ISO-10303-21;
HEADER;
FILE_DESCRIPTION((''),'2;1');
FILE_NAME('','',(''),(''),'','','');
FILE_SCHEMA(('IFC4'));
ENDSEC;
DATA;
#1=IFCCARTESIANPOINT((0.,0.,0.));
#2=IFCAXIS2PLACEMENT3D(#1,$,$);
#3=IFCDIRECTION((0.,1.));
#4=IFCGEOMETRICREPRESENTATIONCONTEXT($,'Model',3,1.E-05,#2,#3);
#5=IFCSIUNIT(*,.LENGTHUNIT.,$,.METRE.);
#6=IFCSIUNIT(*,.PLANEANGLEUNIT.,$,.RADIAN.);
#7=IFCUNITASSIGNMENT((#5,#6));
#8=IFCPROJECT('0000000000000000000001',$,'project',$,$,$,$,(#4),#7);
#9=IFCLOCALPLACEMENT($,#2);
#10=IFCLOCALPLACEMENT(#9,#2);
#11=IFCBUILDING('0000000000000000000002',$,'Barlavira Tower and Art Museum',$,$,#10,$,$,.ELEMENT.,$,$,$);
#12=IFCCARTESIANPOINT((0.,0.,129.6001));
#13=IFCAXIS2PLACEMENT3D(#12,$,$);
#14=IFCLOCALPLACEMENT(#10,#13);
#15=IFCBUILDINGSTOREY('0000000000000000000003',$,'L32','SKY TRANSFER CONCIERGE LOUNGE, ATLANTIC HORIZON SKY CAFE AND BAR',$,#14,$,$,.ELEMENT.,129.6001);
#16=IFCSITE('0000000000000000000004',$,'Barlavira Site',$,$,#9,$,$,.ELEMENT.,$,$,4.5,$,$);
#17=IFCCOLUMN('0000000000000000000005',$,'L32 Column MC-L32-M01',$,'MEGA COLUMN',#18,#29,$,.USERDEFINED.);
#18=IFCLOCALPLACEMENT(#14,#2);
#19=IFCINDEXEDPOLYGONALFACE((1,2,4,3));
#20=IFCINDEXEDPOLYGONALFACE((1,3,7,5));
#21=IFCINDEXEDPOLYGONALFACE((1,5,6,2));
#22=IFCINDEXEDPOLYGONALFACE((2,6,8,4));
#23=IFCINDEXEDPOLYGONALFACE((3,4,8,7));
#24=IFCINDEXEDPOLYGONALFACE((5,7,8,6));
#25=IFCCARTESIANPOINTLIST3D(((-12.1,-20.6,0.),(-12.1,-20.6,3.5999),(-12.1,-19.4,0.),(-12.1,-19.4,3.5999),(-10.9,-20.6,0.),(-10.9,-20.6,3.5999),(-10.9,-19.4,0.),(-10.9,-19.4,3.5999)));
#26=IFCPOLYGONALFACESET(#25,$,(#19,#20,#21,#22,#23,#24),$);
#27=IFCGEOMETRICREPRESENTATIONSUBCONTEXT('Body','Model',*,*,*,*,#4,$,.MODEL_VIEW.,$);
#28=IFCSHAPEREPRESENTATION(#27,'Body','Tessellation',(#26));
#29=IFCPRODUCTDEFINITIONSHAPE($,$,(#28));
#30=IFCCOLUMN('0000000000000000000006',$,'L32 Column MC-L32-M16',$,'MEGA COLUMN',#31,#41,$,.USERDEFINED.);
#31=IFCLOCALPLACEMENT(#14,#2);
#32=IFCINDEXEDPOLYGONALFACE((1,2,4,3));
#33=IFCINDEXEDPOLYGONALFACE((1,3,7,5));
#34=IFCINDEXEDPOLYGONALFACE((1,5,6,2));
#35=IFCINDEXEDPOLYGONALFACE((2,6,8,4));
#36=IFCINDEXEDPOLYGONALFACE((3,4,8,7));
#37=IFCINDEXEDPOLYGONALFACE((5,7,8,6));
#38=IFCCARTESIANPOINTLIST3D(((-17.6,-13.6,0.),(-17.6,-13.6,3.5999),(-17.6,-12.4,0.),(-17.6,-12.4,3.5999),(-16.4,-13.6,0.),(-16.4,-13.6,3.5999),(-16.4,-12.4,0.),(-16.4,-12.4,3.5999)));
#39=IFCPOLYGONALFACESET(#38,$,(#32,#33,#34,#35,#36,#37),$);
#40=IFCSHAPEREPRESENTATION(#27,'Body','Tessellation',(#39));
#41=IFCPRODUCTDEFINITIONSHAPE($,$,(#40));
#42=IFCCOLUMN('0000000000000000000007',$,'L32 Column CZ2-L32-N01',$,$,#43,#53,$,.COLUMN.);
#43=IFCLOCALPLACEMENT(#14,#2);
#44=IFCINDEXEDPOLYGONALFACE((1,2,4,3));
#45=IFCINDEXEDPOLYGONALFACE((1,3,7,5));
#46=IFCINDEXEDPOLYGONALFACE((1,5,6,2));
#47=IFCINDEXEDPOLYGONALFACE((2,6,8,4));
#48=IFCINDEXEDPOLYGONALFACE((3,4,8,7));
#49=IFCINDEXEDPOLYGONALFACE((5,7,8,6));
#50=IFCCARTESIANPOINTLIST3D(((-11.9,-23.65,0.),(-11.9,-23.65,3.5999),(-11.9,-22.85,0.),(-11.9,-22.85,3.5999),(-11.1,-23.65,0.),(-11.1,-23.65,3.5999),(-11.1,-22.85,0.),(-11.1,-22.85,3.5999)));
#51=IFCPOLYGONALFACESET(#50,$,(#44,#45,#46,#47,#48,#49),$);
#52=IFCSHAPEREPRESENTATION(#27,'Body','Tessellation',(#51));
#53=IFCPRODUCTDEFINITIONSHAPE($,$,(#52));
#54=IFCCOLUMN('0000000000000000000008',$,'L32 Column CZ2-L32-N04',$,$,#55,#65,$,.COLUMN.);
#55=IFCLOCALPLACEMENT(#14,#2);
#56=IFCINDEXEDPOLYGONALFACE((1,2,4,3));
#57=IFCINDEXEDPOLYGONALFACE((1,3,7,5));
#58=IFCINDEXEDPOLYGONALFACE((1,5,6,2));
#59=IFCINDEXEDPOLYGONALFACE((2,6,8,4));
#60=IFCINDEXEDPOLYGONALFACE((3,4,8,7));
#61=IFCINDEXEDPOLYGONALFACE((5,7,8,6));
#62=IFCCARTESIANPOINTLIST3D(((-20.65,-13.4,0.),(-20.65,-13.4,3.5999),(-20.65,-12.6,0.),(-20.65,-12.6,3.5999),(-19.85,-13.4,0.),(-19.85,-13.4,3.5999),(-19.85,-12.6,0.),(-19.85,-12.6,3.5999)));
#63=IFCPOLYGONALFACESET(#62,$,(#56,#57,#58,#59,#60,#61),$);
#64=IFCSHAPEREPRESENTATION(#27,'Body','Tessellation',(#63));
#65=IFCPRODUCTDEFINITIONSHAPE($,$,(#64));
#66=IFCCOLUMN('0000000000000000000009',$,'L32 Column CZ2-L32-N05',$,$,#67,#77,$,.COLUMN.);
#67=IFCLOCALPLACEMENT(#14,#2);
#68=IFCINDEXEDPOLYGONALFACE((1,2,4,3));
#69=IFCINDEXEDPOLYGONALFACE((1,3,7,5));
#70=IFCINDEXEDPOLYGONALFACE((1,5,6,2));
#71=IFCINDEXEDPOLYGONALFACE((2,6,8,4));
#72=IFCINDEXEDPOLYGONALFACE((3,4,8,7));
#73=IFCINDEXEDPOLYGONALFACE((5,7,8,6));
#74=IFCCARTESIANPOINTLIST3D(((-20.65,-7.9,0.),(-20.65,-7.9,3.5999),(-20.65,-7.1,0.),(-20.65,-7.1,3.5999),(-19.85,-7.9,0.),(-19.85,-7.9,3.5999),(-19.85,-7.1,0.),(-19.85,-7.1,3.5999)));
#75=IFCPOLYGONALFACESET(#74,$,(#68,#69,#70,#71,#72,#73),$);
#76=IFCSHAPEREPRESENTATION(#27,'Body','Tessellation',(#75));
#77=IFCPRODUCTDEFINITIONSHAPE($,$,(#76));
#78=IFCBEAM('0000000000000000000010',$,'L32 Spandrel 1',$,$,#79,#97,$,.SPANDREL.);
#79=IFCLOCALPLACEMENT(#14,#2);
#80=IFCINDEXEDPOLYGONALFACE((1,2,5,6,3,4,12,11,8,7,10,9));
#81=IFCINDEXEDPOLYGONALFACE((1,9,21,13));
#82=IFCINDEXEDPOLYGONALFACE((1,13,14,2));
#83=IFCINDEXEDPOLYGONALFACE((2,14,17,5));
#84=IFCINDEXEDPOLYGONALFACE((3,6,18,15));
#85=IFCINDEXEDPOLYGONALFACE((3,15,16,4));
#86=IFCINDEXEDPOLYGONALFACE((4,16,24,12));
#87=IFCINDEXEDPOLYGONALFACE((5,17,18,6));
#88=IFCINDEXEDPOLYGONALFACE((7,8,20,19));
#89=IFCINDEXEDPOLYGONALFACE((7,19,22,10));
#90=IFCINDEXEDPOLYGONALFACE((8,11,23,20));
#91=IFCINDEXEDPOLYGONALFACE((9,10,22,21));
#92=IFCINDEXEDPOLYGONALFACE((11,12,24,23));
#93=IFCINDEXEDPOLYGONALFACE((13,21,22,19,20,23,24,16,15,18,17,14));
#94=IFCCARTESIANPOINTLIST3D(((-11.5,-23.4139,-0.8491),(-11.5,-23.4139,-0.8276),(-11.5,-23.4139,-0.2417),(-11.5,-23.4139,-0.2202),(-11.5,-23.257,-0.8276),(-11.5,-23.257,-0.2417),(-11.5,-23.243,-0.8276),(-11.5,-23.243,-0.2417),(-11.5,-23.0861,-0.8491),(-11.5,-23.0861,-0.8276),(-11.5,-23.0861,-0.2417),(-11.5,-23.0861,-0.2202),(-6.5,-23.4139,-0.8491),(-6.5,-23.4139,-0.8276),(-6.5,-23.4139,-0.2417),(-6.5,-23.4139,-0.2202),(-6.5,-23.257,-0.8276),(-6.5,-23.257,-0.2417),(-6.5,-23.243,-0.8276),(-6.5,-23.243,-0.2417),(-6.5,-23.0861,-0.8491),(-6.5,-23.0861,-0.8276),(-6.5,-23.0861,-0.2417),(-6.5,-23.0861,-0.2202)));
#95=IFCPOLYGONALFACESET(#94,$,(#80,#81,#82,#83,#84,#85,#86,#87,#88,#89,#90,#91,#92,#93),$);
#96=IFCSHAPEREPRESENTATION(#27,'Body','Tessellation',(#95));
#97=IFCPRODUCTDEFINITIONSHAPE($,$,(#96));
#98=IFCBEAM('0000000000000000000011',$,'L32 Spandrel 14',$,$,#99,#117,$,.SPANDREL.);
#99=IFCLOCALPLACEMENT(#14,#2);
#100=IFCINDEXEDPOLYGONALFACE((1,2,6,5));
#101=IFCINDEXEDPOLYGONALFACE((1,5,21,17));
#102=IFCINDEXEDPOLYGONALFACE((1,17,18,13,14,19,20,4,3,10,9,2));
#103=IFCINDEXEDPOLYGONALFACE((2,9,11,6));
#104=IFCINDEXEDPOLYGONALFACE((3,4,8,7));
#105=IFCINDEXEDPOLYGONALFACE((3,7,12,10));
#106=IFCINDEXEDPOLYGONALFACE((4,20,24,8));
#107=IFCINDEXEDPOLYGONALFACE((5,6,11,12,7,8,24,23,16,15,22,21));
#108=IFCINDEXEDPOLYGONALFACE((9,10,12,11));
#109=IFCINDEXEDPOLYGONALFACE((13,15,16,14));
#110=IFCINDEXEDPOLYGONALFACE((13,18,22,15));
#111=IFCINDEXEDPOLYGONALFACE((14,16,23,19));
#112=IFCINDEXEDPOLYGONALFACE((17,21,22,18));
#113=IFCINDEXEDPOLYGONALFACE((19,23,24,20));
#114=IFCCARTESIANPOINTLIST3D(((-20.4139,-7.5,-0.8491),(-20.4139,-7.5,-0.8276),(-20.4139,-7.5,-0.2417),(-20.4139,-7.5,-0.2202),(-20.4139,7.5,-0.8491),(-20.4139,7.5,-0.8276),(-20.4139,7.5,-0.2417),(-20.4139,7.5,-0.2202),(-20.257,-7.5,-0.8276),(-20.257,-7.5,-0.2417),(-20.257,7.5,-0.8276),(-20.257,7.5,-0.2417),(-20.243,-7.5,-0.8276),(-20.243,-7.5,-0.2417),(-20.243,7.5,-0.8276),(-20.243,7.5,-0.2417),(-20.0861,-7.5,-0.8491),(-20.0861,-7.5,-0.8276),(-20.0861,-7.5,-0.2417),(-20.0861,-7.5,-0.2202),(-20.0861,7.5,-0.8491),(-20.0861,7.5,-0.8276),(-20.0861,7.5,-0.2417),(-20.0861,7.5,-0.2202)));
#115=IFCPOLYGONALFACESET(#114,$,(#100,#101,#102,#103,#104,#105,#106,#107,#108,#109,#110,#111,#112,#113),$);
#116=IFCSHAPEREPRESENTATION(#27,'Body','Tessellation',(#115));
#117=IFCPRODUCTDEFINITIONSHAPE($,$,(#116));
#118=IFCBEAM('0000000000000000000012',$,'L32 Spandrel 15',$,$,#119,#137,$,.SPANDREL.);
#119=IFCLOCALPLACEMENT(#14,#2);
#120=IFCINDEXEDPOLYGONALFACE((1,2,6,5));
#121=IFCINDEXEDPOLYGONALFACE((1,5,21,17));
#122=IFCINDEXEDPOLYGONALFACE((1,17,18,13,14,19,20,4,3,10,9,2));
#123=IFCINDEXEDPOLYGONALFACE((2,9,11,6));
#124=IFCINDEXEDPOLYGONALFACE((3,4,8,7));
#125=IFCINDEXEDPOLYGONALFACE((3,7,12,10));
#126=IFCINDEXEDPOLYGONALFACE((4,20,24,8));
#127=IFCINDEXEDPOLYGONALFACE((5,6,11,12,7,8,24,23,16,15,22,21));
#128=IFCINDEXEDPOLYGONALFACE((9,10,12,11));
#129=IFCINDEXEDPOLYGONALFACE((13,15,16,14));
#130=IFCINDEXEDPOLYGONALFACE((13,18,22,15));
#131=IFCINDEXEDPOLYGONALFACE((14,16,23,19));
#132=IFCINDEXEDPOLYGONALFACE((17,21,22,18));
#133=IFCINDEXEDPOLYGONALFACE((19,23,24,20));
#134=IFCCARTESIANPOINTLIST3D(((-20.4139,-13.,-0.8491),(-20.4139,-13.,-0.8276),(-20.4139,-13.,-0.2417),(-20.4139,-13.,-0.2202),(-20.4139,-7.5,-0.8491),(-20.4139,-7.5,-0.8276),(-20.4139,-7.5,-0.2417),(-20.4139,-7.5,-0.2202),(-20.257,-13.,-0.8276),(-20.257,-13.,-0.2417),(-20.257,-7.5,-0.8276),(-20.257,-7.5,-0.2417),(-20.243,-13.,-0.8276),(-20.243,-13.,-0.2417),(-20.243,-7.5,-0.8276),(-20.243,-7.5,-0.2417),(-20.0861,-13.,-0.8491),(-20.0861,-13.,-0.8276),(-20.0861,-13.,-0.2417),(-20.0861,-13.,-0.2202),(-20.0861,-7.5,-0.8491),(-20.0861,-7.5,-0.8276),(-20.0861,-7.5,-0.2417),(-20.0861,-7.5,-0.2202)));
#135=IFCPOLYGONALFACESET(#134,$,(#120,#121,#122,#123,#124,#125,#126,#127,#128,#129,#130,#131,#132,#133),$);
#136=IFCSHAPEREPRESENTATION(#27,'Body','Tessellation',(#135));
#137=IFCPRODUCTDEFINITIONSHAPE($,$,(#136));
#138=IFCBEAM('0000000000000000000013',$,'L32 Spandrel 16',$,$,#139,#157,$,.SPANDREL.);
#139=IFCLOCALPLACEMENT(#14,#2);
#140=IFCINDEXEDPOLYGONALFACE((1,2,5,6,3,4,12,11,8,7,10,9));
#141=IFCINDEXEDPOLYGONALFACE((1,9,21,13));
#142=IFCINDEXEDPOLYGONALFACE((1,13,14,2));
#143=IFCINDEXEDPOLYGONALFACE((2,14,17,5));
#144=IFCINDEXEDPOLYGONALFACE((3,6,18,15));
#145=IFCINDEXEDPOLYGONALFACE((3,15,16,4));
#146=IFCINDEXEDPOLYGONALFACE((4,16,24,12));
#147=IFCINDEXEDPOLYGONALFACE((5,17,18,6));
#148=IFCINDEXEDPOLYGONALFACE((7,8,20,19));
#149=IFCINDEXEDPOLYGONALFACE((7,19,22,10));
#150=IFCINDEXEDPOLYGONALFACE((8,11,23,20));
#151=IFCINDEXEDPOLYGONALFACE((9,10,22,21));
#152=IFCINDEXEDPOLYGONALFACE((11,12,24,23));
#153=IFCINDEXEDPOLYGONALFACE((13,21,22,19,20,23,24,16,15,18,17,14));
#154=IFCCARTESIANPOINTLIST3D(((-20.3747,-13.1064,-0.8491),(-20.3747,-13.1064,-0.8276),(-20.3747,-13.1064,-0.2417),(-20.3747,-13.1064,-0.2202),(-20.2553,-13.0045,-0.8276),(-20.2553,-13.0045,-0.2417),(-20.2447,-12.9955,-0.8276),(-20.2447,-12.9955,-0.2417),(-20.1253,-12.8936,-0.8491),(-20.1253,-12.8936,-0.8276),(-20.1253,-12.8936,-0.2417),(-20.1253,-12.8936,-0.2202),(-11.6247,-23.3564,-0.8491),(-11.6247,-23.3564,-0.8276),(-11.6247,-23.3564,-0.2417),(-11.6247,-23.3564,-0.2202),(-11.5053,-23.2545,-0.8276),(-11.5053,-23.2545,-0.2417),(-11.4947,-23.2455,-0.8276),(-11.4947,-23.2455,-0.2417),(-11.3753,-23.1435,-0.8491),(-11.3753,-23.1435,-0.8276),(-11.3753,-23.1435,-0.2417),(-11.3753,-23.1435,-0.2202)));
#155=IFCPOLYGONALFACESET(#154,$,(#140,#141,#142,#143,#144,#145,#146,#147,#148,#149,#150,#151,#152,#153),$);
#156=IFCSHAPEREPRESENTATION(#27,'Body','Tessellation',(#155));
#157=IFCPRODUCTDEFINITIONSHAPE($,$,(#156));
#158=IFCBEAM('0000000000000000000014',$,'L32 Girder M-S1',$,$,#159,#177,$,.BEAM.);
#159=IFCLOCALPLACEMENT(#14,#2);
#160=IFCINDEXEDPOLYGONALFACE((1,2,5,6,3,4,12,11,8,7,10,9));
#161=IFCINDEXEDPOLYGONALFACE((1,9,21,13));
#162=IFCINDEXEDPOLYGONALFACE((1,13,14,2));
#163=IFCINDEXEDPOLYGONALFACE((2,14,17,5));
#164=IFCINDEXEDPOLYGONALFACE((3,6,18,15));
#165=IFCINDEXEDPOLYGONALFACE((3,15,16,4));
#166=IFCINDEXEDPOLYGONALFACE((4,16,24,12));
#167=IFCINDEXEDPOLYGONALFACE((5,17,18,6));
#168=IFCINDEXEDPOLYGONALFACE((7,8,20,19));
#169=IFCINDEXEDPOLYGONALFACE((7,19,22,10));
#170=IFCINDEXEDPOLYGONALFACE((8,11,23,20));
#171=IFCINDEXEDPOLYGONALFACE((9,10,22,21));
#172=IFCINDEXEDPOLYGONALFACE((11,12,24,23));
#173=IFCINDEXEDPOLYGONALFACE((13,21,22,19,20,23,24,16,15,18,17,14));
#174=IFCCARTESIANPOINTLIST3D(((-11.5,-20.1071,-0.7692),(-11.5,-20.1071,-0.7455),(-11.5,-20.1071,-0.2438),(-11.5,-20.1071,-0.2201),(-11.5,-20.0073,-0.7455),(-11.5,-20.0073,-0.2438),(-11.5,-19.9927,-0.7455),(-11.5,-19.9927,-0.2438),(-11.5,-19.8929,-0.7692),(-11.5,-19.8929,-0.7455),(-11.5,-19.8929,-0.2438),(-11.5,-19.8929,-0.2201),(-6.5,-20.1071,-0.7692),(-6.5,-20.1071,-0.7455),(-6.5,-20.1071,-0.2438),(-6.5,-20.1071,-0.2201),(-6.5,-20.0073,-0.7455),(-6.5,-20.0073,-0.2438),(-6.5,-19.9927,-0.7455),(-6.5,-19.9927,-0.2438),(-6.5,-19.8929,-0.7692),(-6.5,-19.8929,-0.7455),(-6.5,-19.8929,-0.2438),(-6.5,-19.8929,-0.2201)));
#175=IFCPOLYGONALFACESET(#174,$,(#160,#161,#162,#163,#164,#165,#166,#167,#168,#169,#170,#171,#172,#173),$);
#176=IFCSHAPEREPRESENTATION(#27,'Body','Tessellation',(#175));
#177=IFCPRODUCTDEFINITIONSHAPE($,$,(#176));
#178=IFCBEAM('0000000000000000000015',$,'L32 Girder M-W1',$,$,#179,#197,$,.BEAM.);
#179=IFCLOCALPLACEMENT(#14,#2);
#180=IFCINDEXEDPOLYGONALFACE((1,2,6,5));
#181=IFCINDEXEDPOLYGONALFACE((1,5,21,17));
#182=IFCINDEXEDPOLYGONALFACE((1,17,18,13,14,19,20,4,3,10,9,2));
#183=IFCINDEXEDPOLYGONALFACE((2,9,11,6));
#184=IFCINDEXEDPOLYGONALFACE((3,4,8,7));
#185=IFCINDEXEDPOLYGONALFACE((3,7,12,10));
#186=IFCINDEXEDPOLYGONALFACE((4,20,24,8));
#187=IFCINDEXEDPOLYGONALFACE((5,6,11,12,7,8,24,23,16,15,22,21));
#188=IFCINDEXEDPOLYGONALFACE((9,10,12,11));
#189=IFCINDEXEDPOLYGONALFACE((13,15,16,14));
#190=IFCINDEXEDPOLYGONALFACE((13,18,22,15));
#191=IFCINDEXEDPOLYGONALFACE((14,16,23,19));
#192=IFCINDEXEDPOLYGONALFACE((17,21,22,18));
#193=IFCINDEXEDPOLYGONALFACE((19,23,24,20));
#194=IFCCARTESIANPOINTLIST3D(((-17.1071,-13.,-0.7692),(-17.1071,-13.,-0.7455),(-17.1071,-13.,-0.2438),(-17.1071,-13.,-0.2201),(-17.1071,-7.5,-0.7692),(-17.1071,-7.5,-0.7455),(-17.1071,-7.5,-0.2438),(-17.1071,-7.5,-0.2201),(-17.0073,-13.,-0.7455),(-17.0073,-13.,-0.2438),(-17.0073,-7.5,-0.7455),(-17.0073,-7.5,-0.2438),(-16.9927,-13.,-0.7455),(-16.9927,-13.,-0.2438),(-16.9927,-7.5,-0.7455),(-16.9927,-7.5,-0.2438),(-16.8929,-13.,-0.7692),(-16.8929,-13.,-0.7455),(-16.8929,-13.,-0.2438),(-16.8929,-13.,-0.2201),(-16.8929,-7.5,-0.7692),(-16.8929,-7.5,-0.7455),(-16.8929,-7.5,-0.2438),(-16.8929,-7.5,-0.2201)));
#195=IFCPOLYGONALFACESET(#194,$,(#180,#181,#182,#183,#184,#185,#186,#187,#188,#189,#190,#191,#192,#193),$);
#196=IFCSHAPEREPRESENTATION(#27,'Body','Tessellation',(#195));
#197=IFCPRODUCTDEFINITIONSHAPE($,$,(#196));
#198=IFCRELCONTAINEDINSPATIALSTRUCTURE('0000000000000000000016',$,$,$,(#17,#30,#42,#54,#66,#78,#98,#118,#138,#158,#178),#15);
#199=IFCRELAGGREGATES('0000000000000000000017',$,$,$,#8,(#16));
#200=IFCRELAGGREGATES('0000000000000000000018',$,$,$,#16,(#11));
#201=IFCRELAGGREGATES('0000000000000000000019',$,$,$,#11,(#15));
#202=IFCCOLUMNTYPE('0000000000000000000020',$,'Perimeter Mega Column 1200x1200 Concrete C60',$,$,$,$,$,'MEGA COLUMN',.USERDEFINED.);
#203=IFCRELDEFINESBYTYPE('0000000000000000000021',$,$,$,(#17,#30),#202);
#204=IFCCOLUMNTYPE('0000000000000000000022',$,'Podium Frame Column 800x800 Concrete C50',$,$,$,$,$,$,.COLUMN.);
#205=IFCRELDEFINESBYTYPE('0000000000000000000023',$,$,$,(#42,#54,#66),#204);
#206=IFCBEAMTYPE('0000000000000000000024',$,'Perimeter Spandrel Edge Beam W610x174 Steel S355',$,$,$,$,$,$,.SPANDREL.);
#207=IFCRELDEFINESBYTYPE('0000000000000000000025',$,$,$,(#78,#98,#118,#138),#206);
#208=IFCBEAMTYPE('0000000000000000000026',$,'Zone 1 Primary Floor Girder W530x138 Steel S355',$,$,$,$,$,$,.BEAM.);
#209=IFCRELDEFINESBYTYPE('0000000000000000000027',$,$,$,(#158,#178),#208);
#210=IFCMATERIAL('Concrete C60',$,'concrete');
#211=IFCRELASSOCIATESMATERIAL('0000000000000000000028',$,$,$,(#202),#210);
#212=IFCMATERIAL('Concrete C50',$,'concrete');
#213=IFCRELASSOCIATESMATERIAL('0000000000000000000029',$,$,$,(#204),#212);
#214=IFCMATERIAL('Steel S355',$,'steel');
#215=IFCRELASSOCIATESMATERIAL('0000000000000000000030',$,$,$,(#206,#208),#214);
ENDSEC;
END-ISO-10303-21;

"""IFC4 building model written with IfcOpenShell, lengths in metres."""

from ifc_helpers import new_model, si_unit, direction, frame, origin, origin_2d, place, context, subcontext, project, spatial, rectangle, i_section, extrude, material, material_profile, profile_set, type_object, element, save


model = new_model("IFC4")

# Units and contexts
model_context = context("Model", 3, precision=1e-05, world=origin(), true_north=direction((0.0, 1.0)))
body_context = subcontext(model_context, "Body", "Model", "MODEL_VIEW")
ifc_project = project(units=[si_unit("LENGTHUNIT", "METRE"), si_unit("PLANEANGLEUNIT", "RADIAN")], contexts=[model_context])

# Site, building, storey
site_placement = place(None, origin())
site = spatial("IfcSite", under=ifc_project, at=site_placement, Name="Barlavira Site", CompositionType="ELEMENT", RefElevation=4.5)
building_placement = place(site_placement, origin())
building = spatial("IfcBuilding", under=site, at=building_placement, Name="Barlavira Tower and Art Museum", CompositionType="ELEMENT")
storey_placement = place(building_placement, frame((0.0, 0.0, 129.6001)))
storey = spatial("IfcBuildingStorey", under=building, at=storey_placement, Name="L32", Description="SKY TRANSFER CONCIERGE LOUNGE, ATLANTIC HORIZON SKY CAFE AND BAR", CompositionType="ELEMENT", Elevation=129.6001)

# Columns
ifc_material_1 = material(Name="Concrete C60", Category="concrete")
ifc_material_profile_1 = material_profile(ifc_material_1, rectangle(XDim=1.2, YDim=1.2, at=origin_2d()), Name="RC-COL 1200x1200")
ifc_profile_set_1 = profile_set([ifc_material_profile_1], Name="Concrete C60")
column_type_1 = type_object("IfcColumnType", Name="Perimeter Mega Column 1200x1200 Concrete C60", ElementType="MEGA COLUMN", PredefinedType="USERDEFINED", material=ifc_profile_set_1)
for number, where, z_axis, x_axis, name in (
    (1, (-11.5, -20.0, 0.0), (0.0, 0.0, 1.0), (1.0, 0.0, 0.0), "L32 Column MC-L32-M01"),
    (2, (-17.0, -13.0, 0.0), (0.0, 0.0, 1.0), (1.0, 0.0, 0.0), "L32 Column MC-L32-M16"),
):
    element("IfcColumn", number, at=place(storey_placement, frame(where, z_axis=z_axis, x_axis=x_axis)), inside=storey, type_object=column_type_1, Name=name, ObjectType="MEGA COLUMN", PredefinedType="USERDEFINED", context=body_context, shape_type="SweptSolid", body=[
        extrude(rectangle(XDim=1.2, YDim=1.2, at=origin_2d()), origin(), (0.0, 0.0, 1.0), 3.5999),
    ])
ifc_material_2 = material(Name="Concrete C50", Category="concrete")
ifc_material_profile_2 = material_profile(ifc_material_2, rectangle(XDim=0.8, YDim=0.8, at=origin_2d()), Name="RC-COL 800x800")
ifc_profile_set_2 = profile_set([ifc_material_profile_2], Name="Concrete C50")
column_type_2 = type_object("IfcColumnType", Name="Podium Frame Column 800x800 Concrete C50", PredefinedType="COLUMN", material=ifc_profile_set_2)
for number, where, z_axis, x_axis, name in (
    (3, (-11.5, -23.25, 0.0), (0.0, 0.0, 1.0), (1.0, 0.0, 0.0), "L32 Column CZ2-L32-N01"),
    (4, (-20.25, -13.0, 0.0), (0.0, 0.0, 1.0), (1.0, 0.0, 0.0), "L32 Column CZ2-L32-N04"),
    (5, (-20.25, -7.5, 0.0), (0.0, 0.0, 1.0), (1.0, 0.0, 0.0), "L32 Column CZ2-L32-N05"),
):
    element("IfcColumn", number, at=place(storey_placement, frame(where, z_axis=z_axis, x_axis=x_axis)), inside=storey, type_object=column_type_2, Name=name, PredefinedType="COLUMN", context=body_context, shape_type="SweptSolid", body=[
        extrude(rectangle(XDim=0.8, YDim=0.8, at=origin_2d()), origin(), (0.0, 0.0, 1.0), 3.5999),
    ])

# Beams
ifc_material_3 = material(Name="Steel S355", Category="steel")
ifc_material_profile_3 = material_profile(ifc_material_3, i_section(OverallWidth=0.3279, OverallDepth=0.6289, WebThickness=0.0139, FlangeThickness=0.0215, at=origin_2d()), Name="W610x174.0")
ifc_profile_set_3 = profile_set([ifc_material_profile_3], Name="Steel S355")
beam_type_1 = type_object("IfcBeamType", Name="Perimeter Spandrel Edge Beam W610x174 Steel S355", PredefinedType="SPANDREL", material=ifc_profile_set_3)
beam_1_placement = place(storey_placement, frame((-11.5, -23.25, -0.5347), z_axis=(1.0, 0.0, 0.0), x_axis=(0.0, 1.0, 0.0)))
element("IfcBeam", 6, at=beam_1_placement, inside=storey, type_object=beam_type_1, Name="L32 Spandrel 1", PredefinedType="SPANDREL", context=body_context, shape_type="SweptSolid", body=[
    extrude(i_section(OverallWidth=0.3279, OverallDepth=0.6289, WebThickness=0.0139, FlangeThickness=0.0215, at=origin_2d()), origin(), (0.0, 0.0, 1.0), 5.0),
])
beam_2_placement = place(storey_placement, frame((-20.25, -7.5, -0.5347), z_axis=(0.0, 1.0, 0.0), x_axis=(-1.0, 0.0, 0.0)))
element("IfcBeam", 7, at=beam_2_placement, inside=storey, type_object=beam_type_1, Name="L32 Spandrel 14", PredefinedType="SPANDREL", context=body_context, shape_type="SweptSolid", body=[
    extrude(i_section(OverallWidth=0.3279, OverallDepth=0.6289, WebThickness=0.0139, FlangeThickness=0.0215, at=origin_2d()), origin(), (0.0, 0.0, 1.0), 15.0),
])
beam_3_placement = place(storey_placement, frame((-20.25, -13.0, -0.5347), z_axis=(0.0, 1.0, 0.0), x_axis=(-1.0, 0.0, 0.0)))
element("IfcBeam", 8, at=beam_3_placement, inside=storey, type_object=beam_type_1, Name="L32 Spandrel 15", PredefinedType="SPANDREL", context=body_context, shape_type="SweptSolid", body=[
    extrude(i_section(OverallWidth=0.3279, OverallDepth=0.6289, WebThickness=0.0139, FlangeThickness=0.0215, at=origin_2d()), origin(), (0.0, 0.0, 1.0), 5.5),
])
beam_4_placement = place(storey_placement, frame((-20.25, -13.0, -0.5347), z_axis=(0.649262, -0.760565, 0.0), x_axis=(0.760565, 0.649262, 0.0)))
element("IfcBeam", 9, at=beam_4_placement, inside=storey, type_object=beam_type_1, Name="L32 Spandrel 16", PredefinedType="SPANDREL", context=body_context, shape_type="SweptSolid", body=[
    extrude(i_section(OverallWidth=0.3279, OverallDepth=0.6289, WebThickness=0.0139, FlangeThickness=0.0215, at=origin_2d()), origin(), (0.0, 0.0, 1.0), 13.4768),
])
ifc_material_profile_4 = material_profile(ifc_material_3, i_section(OverallWidth=0.2141, OverallDepth=0.5491, WebThickness=0.0146, FlangeThickness=0.0237, at=origin_2d()), Name="W530x138.0")
ifc_profile_set_4 = profile_set([ifc_material_profile_4], Name="Steel S355")
beam_type_2 = type_object("IfcBeamType", Name="Zone 1 Primary Floor Girder W530x138 Steel S355", PredefinedType="BEAM", material=ifc_profile_set_4)
beam_5_placement = place(storey_placement, frame((-11.5, -20.0, -0.4946), z_axis=(1.0, 0.0, 0.0), x_axis=(0.0, 1.0, 0.0)))
element("IfcBeam", 10, at=beam_5_placement, inside=storey, type_object=beam_type_2, Name="L32 Girder M-S1", PredefinedType="BEAM", context=body_context, shape_type="SweptSolid", body=[
    extrude(i_section(OverallWidth=0.2141, OverallDepth=0.5491, WebThickness=0.0146, FlangeThickness=0.0237, at=origin_2d()), origin(), (0.0, 0.0, 1.0), 5.0),
])
for number, where, z_axis, x_axis, name in (
    (11, (-17.0, -13.0, -0.4946), (0.0, 1.0, 0.0), (-1.0, 0.0, 0.0), "L32 Girder M-W1"),
):
    element("IfcBeam", number, at=place(storey_placement, frame(where, z_axis=z_axis, x_axis=x_axis)), inside=storey, type_object=beam_type_2, Name=name, PredefinedType="BEAM", context=body_context, shape_type="SweptSolid", body=[
        extrude(i_section(OverallWidth=0.2141, OverallDepth=0.5491, WebThickness=0.0146, FlangeThickness=0.0237, at=origin_2d()), origin(), (0.0, 0.0, 1.0), 5.5),
    ])

save(model, "model.ifc")
